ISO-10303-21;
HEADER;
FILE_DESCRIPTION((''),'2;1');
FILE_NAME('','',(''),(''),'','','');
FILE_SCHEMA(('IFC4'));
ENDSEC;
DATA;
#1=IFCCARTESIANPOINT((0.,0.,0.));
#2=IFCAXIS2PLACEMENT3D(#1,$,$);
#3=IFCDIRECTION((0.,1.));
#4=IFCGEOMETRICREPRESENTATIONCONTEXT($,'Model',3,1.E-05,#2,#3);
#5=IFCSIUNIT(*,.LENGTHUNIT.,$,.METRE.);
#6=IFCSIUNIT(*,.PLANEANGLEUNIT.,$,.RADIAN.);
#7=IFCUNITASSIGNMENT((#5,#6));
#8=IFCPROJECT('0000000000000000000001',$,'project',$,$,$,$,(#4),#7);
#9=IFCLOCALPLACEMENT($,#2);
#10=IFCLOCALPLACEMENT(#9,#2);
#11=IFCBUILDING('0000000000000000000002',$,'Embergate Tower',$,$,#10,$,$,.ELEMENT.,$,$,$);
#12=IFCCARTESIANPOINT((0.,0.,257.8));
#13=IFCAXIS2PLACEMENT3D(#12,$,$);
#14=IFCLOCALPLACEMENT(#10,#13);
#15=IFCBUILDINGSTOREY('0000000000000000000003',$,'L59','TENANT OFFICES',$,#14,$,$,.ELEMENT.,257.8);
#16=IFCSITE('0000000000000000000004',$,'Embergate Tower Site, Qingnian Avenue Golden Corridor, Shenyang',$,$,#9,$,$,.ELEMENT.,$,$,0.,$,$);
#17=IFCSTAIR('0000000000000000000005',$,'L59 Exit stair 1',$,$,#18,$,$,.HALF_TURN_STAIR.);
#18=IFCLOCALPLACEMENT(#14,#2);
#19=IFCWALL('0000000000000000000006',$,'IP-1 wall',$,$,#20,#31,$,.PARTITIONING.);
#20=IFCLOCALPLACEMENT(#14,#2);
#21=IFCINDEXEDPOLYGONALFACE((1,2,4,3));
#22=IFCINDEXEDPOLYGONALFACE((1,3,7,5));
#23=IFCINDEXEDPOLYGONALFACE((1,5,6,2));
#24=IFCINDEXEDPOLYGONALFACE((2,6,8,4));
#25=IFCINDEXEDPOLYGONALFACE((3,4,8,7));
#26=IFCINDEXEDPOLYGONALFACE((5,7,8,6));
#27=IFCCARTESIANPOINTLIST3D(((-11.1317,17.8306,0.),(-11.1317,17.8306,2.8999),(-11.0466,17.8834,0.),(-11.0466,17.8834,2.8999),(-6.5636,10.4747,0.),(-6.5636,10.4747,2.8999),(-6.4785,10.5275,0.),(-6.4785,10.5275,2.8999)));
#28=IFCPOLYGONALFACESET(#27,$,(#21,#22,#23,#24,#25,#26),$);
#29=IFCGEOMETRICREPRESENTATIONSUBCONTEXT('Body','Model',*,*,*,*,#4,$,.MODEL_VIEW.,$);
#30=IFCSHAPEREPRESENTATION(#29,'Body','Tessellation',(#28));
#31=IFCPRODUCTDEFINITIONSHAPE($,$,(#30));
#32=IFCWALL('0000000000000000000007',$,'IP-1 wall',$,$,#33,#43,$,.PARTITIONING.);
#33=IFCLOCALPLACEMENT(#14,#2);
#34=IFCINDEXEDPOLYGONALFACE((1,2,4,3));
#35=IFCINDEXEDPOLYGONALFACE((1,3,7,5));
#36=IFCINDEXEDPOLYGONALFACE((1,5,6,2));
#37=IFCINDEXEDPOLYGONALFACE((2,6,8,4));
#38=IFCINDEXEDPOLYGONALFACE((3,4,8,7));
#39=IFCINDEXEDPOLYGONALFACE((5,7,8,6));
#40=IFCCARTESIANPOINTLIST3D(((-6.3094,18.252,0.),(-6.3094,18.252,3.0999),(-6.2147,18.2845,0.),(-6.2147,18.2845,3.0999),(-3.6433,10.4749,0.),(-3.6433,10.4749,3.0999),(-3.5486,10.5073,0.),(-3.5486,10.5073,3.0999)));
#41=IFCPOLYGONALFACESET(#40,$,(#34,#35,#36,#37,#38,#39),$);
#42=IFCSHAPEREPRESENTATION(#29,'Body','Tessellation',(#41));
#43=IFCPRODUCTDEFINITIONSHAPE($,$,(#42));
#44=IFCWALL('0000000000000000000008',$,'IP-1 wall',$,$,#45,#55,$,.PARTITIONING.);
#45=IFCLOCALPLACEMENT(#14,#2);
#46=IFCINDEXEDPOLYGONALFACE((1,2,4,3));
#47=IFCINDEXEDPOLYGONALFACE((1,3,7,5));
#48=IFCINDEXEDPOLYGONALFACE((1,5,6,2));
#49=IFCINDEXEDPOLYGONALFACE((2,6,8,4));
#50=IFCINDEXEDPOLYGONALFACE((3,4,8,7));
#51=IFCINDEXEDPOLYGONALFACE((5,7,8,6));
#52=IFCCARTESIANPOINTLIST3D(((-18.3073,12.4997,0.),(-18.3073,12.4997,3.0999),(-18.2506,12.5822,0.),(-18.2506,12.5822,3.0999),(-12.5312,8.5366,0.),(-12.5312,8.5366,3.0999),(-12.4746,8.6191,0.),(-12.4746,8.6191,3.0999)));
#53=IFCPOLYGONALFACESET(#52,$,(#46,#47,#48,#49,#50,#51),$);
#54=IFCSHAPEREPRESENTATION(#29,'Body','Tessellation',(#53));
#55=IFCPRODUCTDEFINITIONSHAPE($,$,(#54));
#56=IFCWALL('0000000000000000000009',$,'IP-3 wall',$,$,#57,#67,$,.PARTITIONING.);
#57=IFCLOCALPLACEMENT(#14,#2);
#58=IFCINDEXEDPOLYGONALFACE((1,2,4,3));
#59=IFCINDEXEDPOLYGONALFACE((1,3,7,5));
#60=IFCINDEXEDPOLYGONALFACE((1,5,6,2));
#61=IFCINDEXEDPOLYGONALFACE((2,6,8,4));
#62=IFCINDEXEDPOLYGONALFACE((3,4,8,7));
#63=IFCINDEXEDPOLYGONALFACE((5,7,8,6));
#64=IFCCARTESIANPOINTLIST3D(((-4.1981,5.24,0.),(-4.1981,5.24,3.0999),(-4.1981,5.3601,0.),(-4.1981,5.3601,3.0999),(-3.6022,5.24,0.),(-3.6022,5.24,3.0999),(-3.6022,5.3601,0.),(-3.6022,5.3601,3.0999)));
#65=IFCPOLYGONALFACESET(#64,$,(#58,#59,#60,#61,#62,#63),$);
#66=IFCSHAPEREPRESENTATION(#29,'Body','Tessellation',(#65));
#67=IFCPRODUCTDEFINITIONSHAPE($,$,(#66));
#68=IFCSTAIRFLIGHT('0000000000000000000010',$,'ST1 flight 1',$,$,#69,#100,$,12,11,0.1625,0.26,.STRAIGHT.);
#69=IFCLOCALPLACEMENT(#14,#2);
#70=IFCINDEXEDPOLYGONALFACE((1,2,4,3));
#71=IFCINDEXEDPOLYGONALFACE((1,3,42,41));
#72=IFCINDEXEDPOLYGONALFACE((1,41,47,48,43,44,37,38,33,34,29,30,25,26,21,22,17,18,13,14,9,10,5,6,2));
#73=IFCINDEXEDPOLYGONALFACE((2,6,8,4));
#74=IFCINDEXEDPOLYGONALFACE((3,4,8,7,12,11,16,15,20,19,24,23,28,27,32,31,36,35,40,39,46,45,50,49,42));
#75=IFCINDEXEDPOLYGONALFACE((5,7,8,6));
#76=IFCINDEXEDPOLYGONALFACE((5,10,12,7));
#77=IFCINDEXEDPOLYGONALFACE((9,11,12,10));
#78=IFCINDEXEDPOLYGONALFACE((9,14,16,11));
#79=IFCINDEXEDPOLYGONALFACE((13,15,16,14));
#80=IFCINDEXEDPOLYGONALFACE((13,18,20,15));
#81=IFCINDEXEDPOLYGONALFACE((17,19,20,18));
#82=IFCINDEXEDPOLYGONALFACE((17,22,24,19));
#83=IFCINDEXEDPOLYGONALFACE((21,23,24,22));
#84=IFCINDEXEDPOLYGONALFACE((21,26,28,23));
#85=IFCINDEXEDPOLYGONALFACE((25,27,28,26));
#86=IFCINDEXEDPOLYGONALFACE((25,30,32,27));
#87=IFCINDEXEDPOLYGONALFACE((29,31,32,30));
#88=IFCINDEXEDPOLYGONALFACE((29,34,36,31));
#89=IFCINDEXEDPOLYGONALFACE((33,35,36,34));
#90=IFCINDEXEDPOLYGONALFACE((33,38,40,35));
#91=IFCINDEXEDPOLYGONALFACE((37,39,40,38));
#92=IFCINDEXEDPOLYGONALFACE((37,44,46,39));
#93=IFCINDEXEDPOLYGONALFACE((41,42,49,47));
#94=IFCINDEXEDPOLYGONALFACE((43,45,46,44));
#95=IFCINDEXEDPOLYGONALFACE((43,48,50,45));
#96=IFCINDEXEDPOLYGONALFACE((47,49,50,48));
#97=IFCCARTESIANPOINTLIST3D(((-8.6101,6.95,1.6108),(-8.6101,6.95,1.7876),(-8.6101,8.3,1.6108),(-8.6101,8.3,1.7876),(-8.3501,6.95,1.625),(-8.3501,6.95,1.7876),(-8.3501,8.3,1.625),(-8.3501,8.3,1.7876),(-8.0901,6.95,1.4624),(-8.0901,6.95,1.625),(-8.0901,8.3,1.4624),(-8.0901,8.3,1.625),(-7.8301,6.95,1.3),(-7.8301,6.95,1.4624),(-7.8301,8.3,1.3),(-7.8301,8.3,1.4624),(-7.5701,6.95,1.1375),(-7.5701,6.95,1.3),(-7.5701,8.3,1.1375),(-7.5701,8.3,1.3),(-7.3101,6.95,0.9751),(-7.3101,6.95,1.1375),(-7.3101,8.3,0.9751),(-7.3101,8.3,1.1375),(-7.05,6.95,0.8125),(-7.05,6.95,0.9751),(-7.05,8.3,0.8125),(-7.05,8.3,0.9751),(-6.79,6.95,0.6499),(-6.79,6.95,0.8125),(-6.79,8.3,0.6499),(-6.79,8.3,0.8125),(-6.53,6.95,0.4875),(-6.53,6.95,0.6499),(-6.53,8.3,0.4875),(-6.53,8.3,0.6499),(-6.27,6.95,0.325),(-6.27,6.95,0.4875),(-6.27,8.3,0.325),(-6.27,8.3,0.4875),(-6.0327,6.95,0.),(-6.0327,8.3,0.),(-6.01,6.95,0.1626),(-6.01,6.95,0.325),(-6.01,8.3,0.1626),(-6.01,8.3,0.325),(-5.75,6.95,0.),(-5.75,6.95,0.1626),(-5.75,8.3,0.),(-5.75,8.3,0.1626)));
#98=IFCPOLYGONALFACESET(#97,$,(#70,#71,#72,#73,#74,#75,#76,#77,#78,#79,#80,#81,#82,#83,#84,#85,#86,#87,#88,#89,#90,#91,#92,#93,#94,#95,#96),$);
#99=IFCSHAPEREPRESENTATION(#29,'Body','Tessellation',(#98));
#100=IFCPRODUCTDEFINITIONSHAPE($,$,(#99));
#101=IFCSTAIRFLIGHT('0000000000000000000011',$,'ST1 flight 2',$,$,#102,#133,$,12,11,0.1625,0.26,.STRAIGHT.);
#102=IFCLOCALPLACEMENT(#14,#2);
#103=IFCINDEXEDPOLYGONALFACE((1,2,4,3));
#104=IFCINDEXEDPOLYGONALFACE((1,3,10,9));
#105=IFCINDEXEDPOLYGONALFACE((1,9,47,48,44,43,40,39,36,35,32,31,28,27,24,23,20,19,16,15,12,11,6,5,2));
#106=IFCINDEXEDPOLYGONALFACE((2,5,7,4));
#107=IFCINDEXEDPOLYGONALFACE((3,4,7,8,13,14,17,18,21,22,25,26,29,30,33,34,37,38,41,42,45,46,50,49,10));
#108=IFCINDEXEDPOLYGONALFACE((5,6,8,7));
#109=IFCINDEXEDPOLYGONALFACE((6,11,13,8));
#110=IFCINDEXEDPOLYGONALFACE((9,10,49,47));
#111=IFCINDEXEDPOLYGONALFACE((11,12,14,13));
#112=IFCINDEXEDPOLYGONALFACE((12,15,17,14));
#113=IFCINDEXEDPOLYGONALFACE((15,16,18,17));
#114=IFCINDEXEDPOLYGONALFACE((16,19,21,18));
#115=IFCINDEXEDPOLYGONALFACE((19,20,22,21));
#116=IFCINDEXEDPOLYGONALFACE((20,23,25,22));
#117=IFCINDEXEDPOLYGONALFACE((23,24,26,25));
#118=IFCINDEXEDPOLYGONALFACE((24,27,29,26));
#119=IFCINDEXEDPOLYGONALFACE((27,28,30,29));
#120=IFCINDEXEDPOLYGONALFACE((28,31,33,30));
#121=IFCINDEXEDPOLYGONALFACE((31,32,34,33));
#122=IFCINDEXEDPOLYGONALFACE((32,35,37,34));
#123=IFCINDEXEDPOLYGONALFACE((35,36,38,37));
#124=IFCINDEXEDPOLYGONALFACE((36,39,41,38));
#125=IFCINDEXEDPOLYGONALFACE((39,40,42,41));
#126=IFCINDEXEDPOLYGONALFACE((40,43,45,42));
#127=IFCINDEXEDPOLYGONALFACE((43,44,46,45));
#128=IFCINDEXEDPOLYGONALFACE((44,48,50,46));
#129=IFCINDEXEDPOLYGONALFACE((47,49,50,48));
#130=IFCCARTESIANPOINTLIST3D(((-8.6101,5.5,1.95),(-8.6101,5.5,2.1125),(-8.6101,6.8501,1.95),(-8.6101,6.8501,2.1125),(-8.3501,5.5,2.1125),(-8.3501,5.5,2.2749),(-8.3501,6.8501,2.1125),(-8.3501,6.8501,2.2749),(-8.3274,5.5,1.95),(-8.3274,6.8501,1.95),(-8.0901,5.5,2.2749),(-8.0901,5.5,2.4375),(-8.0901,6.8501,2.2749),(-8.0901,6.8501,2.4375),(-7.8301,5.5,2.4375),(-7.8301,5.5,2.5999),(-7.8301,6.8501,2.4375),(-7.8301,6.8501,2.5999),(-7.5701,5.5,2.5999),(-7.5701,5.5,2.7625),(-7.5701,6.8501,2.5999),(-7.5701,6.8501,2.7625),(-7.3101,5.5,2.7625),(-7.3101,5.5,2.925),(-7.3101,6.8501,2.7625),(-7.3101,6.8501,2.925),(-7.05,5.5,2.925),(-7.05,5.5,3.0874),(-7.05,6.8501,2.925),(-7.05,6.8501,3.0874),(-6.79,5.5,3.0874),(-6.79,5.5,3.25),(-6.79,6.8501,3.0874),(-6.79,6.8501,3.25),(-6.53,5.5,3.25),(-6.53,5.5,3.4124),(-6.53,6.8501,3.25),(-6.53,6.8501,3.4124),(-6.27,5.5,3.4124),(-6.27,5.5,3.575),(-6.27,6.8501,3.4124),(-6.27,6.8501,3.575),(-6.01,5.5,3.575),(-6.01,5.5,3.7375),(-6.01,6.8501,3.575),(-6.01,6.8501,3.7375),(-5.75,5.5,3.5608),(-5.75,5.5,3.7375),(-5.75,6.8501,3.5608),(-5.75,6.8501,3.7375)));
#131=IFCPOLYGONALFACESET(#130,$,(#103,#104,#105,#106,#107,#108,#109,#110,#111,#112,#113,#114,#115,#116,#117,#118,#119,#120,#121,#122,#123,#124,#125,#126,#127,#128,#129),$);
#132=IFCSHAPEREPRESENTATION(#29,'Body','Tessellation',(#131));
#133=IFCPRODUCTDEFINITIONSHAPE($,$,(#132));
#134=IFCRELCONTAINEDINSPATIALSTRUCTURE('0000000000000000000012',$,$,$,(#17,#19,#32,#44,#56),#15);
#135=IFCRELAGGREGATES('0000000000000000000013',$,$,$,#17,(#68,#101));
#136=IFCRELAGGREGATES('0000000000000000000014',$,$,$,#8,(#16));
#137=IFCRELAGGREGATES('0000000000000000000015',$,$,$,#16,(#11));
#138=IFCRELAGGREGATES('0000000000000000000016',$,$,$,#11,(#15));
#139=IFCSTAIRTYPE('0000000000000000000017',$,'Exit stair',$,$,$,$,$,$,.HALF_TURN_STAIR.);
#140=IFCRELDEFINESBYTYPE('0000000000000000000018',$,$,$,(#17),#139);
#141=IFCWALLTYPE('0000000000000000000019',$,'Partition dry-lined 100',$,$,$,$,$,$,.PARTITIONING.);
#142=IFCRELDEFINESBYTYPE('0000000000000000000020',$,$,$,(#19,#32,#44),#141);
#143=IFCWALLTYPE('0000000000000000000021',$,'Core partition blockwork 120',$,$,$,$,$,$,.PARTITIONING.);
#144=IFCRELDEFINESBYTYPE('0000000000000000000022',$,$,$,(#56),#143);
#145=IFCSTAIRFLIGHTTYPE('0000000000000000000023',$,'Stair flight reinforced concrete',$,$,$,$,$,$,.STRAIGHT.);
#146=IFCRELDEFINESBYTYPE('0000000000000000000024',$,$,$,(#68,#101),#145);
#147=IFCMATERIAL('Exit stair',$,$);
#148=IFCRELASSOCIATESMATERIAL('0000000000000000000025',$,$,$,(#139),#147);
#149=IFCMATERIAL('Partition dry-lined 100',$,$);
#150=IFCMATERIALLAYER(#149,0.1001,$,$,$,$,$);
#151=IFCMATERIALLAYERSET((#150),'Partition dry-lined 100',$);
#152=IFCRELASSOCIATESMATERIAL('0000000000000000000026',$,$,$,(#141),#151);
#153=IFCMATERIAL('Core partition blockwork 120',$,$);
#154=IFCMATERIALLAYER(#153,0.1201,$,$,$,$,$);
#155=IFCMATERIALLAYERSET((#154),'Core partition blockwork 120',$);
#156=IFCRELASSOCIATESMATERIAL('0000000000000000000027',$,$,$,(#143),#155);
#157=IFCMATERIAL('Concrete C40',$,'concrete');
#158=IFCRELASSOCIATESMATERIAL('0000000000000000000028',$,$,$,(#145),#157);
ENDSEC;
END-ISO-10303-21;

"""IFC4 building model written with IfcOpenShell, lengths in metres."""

from ifc_helpers import new_model, si_unit, direction, frame, frame_2d, origin, place, context, subcontext, project, spatial, polyline, rectangle, outline, extrude, source, transform, mapped, material, layer, layer_set, type_object, element, aggregate, save


model = new_model("IFC4")

# Units and contexts
model_context = context("Model", 3, precision=1e-05, world=origin(), true_north=direction((0.0, 1.0)))
body_context = subcontext(model_context, "Body", "Model", "MODEL_VIEW")
ifc_project = project(units=[si_unit("LENGTHUNIT", "METRE"), si_unit("PLANEANGLEUNIT", "RADIAN")], contexts=[model_context])

# Site, building, storey
site_placement = place(None, origin())
site = spatial("IfcSite", under=ifc_project, at=site_placement, Name="Embergate Tower Site, Qingnian Avenue Golden Corridor, Shenyang", CompositionType="ELEMENT", RefElevation=0.0)
building_placement = place(site_placement, origin())
building = spatial("IfcBuilding", under=site, at=building_placement, Name="Embergate Tower", CompositionType="ELEMENT")
storey_placement = place(building_placement, frame((0.0, 0.0, 257.8)))
storey = spatial("IfcBuildingStorey", under=building, at=storey_placement, Name="L59", Description="TENANT OFFICES", CompositionType="ELEMENT", Elevation=257.8)

# Stair
ifc_material_1 = material(Name="Exit stair")
stair_type = type_object("IfcStairType", Name="Exit stair", PredefinedType="HALF_TURN_STAIR", material=ifc_material_1)
stair_placement = place(storey_placement, origin())
stair = element("IfcStair", 1, at=stair_placement, inside=storey, type_object=stair_type, Name="L59 Exit stair 1", PredefinedType="HALF_TURN_STAIR")
ifc_material_2 = material(Name="Concrete C40", Category="concrete")

# Walls
ifc_material_3 = material(Name="Partition dry-lined 100")
ifc_layer_1 = layer(ifc_material_3, 0.1001)
ifc_layer_set_1 = layer_set([ifc_layer_1], Name="Partition dry-lined 100")
wall_type_1 = type_object("IfcWallType", Name="Partition dry-lined 100", PredefinedType="PARTITIONING", material=ifc_layer_set_1)
shared_shape_1 = source(origin(), body_context, "Body", "SweptSolid", [
    extrude(rectangle(XDim=8.6589, YDim=0.1001, at=frame_2d((4.3296, 0.0))), origin(), (0.0, 0.0, 1.0), 2.8999),
])
wall_1_placement = place(storey_placement, frame((-6.521, 10.501, 0.0), z_axis=(0.0, 0.0, 1.0), x_axis=(-0.527559, 0.849519, 0.0)))
element("IfcWall", 2, at=wall_1_placement, inside=storey, type_object=wall_type_1, Name="IP-1 wall", PredefinedType="PARTITIONING", context=body_context, shape_type="MappedRepresentation", body=[
    mapped(shared_shape_1, transform((0.0, 0.0, 0.0))),
])
shared_shape_2 = source(origin(), body_context, "Body", "SweptSolid", [
    extrude(rectangle(XDim=8.2214, YDim=0.1001, at=frame_2d((4.1108, 0.0))), origin(), (0.0, 0.0, 1.0), 3.0999),
])
wall_2_placement = place(storey_placement, frame((-3.5959, 10.491, 0.0), z_axis=(0.0, 0.0, 1.0), x_axis=(-0.324279, 0.945962, 0.0)))
element("IfcWall", 3, at=wall_2_placement, inside=storey, type_object=wall_type_1, Name="IP-1 wall", PredefinedType="PARTITIONING", context=body_context, shape_type="MappedRepresentation", body=[
    mapped(shared_shape_2, transform((0.0, 0.0, 0.0))),
])
shared_shape_3 = source(origin(), body_context, "Body", "SweptSolid", [
    extrude(rectangle(XDim=7.0049, YDim=0.1001, at=frame_2d((3.5024, 0.0))), origin(), (0.0, 0.0, 1.0), 3.0999),
])
wall_3_placement = place(storey_placement, frame((-12.5029, 8.5779, 0.0), z_axis=(0.0, 0.0, 1.0), x_axis=(-0.824571, 0.565758, 0.0)))
element("IfcWall", 4, at=wall_3_placement, inside=storey, type_object=wall_type_1, Name="IP-1 wall", PredefinedType="PARTITIONING", context=body_context, shape_type="MappedRepresentation", body=[
    mapped(shared_shape_3, transform((0.0, 0.0, 0.0))),
])
ifc_material_4 = material(Name="Core partition blockwork 120")
ifc_layer_2 = layer(ifc_material_4, 0.1201)
ifc_layer_set_2 = layer_set([ifc_layer_2], Name="Core partition blockwork 120")
wall_type_2 = type_object("IfcWallType", Name="Core partition blockwork 120", PredefinedType="PARTITIONING", material=ifc_layer_set_2)
shared_shape_4 = source(origin(), body_context, "Body", "SweptSolid", [
    extrude(rectangle(XDim=0.5959, YDim=0.1201, at=frame_2d((0.2979, 0.0))), origin(), (0.0, 0.0, 1.0), 3.0999),
])
wall_4_placement = place(storey_placement, frame((-4.198, 5.3, 0.0), z_axis=(0.0, 0.0, 1.0), x_axis=(1.0, 0.0, 0.0)))
element("IfcWall", 5, at=wall_4_placement, inside=storey, type_object=wall_type_2, Name="IP-3 wall", PredefinedType="PARTITIONING", context=body_context, shape_type="MappedRepresentation", body=[
    mapped(shared_shape_4, transform((0.0, 0.0, 0.0))),
])

# Stair flights
stair_flight_type = type_object("IfcStairFlightType", Name="Stair flight reinforced concrete", PredefinedType="STRAIGHT", material=ifc_material_2)
shared_shape_5 = source(origin(), body_context, "Body", "SweptSolid", [
    extrude(outline(polyline([(0.0, 0.0), (0.0, 0.1626), (0.26, 0.1626), (0.26, 0.325), (0.52, 0.325), (0.52, 0.4875), (0.78, 0.4875), (0.78, 0.6499), (1.04, 0.6499), (1.04, 0.8125), (1.3, 0.8125), (1.3, 0.9751), (1.5601, 0.9751), (1.5601, 1.1375), (1.8201, 1.1375), (1.8201, 1.3), (2.0801, 1.3), (2.0801, 1.4624), (2.3401, 1.4624), (2.3401, 1.625), (2.6001, 1.625), (2.6001, 1.7876), (2.8601, 1.7876), (2.8601, 1.95), (2.8601, 1.6108), (0.2827, 0.0), (0.0, 0.0)])), frame((0.0, 0.675, 0.0), z_axis=(0.0, -1.0, 0.0), x_axis=(1.0, 0.0, 0.0)), (0.0, 0.0, 1.0), 1.3501),
])
stair_flight_1_placement = place(storey_placement, frame((-5.75, 7.625, 0.0), z_axis=(0.0, 0.0, 1.0), x_axis=(-1.0, 0.0, 0.0)))
stair_flight_1 = element("IfcStairFlight", 6, at=stair_flight_1_placement, type_object=stair_flight_type, Name="ST1 flight 1", NumberOfRisers=12, NumberOfTreads=11, PredefinedType="STRAIGHT", RiserHeight=0.1625, TreadLength=0.26, context=body_context, shape_type="MappedRepresentation", body=[
    mapped(shared_shape_5, transform((0.0, 0.0, 0.0))),
])
stair_flight_2_placement = place(storey_placement, frame((-8.6101, 6.175, 1.95), z_axis=(0.0, 0.0, 1.0), x_axis=(1.0, 0.0, 0.0)))
stair_flight_2 = element("IfcStairFlight", 7, at=stair_flight_2_placement, type_object=stair_flight_type, Name="ST1 flight 2", NumberOfRisers=12, NumberOfTreads=11, PredefinedType="STRAIGHT", RiserHeight=0.1625, TreadLength=0.26, context=body_context, shape_type="MappedRepresentation", body=[
    mapped(shared_shape_5, transform((0.0, 0.0, 0.0))),
])
aggregate(stair, [stair_flight_1, stair_flight_2])

save(model, "model.ifc")
